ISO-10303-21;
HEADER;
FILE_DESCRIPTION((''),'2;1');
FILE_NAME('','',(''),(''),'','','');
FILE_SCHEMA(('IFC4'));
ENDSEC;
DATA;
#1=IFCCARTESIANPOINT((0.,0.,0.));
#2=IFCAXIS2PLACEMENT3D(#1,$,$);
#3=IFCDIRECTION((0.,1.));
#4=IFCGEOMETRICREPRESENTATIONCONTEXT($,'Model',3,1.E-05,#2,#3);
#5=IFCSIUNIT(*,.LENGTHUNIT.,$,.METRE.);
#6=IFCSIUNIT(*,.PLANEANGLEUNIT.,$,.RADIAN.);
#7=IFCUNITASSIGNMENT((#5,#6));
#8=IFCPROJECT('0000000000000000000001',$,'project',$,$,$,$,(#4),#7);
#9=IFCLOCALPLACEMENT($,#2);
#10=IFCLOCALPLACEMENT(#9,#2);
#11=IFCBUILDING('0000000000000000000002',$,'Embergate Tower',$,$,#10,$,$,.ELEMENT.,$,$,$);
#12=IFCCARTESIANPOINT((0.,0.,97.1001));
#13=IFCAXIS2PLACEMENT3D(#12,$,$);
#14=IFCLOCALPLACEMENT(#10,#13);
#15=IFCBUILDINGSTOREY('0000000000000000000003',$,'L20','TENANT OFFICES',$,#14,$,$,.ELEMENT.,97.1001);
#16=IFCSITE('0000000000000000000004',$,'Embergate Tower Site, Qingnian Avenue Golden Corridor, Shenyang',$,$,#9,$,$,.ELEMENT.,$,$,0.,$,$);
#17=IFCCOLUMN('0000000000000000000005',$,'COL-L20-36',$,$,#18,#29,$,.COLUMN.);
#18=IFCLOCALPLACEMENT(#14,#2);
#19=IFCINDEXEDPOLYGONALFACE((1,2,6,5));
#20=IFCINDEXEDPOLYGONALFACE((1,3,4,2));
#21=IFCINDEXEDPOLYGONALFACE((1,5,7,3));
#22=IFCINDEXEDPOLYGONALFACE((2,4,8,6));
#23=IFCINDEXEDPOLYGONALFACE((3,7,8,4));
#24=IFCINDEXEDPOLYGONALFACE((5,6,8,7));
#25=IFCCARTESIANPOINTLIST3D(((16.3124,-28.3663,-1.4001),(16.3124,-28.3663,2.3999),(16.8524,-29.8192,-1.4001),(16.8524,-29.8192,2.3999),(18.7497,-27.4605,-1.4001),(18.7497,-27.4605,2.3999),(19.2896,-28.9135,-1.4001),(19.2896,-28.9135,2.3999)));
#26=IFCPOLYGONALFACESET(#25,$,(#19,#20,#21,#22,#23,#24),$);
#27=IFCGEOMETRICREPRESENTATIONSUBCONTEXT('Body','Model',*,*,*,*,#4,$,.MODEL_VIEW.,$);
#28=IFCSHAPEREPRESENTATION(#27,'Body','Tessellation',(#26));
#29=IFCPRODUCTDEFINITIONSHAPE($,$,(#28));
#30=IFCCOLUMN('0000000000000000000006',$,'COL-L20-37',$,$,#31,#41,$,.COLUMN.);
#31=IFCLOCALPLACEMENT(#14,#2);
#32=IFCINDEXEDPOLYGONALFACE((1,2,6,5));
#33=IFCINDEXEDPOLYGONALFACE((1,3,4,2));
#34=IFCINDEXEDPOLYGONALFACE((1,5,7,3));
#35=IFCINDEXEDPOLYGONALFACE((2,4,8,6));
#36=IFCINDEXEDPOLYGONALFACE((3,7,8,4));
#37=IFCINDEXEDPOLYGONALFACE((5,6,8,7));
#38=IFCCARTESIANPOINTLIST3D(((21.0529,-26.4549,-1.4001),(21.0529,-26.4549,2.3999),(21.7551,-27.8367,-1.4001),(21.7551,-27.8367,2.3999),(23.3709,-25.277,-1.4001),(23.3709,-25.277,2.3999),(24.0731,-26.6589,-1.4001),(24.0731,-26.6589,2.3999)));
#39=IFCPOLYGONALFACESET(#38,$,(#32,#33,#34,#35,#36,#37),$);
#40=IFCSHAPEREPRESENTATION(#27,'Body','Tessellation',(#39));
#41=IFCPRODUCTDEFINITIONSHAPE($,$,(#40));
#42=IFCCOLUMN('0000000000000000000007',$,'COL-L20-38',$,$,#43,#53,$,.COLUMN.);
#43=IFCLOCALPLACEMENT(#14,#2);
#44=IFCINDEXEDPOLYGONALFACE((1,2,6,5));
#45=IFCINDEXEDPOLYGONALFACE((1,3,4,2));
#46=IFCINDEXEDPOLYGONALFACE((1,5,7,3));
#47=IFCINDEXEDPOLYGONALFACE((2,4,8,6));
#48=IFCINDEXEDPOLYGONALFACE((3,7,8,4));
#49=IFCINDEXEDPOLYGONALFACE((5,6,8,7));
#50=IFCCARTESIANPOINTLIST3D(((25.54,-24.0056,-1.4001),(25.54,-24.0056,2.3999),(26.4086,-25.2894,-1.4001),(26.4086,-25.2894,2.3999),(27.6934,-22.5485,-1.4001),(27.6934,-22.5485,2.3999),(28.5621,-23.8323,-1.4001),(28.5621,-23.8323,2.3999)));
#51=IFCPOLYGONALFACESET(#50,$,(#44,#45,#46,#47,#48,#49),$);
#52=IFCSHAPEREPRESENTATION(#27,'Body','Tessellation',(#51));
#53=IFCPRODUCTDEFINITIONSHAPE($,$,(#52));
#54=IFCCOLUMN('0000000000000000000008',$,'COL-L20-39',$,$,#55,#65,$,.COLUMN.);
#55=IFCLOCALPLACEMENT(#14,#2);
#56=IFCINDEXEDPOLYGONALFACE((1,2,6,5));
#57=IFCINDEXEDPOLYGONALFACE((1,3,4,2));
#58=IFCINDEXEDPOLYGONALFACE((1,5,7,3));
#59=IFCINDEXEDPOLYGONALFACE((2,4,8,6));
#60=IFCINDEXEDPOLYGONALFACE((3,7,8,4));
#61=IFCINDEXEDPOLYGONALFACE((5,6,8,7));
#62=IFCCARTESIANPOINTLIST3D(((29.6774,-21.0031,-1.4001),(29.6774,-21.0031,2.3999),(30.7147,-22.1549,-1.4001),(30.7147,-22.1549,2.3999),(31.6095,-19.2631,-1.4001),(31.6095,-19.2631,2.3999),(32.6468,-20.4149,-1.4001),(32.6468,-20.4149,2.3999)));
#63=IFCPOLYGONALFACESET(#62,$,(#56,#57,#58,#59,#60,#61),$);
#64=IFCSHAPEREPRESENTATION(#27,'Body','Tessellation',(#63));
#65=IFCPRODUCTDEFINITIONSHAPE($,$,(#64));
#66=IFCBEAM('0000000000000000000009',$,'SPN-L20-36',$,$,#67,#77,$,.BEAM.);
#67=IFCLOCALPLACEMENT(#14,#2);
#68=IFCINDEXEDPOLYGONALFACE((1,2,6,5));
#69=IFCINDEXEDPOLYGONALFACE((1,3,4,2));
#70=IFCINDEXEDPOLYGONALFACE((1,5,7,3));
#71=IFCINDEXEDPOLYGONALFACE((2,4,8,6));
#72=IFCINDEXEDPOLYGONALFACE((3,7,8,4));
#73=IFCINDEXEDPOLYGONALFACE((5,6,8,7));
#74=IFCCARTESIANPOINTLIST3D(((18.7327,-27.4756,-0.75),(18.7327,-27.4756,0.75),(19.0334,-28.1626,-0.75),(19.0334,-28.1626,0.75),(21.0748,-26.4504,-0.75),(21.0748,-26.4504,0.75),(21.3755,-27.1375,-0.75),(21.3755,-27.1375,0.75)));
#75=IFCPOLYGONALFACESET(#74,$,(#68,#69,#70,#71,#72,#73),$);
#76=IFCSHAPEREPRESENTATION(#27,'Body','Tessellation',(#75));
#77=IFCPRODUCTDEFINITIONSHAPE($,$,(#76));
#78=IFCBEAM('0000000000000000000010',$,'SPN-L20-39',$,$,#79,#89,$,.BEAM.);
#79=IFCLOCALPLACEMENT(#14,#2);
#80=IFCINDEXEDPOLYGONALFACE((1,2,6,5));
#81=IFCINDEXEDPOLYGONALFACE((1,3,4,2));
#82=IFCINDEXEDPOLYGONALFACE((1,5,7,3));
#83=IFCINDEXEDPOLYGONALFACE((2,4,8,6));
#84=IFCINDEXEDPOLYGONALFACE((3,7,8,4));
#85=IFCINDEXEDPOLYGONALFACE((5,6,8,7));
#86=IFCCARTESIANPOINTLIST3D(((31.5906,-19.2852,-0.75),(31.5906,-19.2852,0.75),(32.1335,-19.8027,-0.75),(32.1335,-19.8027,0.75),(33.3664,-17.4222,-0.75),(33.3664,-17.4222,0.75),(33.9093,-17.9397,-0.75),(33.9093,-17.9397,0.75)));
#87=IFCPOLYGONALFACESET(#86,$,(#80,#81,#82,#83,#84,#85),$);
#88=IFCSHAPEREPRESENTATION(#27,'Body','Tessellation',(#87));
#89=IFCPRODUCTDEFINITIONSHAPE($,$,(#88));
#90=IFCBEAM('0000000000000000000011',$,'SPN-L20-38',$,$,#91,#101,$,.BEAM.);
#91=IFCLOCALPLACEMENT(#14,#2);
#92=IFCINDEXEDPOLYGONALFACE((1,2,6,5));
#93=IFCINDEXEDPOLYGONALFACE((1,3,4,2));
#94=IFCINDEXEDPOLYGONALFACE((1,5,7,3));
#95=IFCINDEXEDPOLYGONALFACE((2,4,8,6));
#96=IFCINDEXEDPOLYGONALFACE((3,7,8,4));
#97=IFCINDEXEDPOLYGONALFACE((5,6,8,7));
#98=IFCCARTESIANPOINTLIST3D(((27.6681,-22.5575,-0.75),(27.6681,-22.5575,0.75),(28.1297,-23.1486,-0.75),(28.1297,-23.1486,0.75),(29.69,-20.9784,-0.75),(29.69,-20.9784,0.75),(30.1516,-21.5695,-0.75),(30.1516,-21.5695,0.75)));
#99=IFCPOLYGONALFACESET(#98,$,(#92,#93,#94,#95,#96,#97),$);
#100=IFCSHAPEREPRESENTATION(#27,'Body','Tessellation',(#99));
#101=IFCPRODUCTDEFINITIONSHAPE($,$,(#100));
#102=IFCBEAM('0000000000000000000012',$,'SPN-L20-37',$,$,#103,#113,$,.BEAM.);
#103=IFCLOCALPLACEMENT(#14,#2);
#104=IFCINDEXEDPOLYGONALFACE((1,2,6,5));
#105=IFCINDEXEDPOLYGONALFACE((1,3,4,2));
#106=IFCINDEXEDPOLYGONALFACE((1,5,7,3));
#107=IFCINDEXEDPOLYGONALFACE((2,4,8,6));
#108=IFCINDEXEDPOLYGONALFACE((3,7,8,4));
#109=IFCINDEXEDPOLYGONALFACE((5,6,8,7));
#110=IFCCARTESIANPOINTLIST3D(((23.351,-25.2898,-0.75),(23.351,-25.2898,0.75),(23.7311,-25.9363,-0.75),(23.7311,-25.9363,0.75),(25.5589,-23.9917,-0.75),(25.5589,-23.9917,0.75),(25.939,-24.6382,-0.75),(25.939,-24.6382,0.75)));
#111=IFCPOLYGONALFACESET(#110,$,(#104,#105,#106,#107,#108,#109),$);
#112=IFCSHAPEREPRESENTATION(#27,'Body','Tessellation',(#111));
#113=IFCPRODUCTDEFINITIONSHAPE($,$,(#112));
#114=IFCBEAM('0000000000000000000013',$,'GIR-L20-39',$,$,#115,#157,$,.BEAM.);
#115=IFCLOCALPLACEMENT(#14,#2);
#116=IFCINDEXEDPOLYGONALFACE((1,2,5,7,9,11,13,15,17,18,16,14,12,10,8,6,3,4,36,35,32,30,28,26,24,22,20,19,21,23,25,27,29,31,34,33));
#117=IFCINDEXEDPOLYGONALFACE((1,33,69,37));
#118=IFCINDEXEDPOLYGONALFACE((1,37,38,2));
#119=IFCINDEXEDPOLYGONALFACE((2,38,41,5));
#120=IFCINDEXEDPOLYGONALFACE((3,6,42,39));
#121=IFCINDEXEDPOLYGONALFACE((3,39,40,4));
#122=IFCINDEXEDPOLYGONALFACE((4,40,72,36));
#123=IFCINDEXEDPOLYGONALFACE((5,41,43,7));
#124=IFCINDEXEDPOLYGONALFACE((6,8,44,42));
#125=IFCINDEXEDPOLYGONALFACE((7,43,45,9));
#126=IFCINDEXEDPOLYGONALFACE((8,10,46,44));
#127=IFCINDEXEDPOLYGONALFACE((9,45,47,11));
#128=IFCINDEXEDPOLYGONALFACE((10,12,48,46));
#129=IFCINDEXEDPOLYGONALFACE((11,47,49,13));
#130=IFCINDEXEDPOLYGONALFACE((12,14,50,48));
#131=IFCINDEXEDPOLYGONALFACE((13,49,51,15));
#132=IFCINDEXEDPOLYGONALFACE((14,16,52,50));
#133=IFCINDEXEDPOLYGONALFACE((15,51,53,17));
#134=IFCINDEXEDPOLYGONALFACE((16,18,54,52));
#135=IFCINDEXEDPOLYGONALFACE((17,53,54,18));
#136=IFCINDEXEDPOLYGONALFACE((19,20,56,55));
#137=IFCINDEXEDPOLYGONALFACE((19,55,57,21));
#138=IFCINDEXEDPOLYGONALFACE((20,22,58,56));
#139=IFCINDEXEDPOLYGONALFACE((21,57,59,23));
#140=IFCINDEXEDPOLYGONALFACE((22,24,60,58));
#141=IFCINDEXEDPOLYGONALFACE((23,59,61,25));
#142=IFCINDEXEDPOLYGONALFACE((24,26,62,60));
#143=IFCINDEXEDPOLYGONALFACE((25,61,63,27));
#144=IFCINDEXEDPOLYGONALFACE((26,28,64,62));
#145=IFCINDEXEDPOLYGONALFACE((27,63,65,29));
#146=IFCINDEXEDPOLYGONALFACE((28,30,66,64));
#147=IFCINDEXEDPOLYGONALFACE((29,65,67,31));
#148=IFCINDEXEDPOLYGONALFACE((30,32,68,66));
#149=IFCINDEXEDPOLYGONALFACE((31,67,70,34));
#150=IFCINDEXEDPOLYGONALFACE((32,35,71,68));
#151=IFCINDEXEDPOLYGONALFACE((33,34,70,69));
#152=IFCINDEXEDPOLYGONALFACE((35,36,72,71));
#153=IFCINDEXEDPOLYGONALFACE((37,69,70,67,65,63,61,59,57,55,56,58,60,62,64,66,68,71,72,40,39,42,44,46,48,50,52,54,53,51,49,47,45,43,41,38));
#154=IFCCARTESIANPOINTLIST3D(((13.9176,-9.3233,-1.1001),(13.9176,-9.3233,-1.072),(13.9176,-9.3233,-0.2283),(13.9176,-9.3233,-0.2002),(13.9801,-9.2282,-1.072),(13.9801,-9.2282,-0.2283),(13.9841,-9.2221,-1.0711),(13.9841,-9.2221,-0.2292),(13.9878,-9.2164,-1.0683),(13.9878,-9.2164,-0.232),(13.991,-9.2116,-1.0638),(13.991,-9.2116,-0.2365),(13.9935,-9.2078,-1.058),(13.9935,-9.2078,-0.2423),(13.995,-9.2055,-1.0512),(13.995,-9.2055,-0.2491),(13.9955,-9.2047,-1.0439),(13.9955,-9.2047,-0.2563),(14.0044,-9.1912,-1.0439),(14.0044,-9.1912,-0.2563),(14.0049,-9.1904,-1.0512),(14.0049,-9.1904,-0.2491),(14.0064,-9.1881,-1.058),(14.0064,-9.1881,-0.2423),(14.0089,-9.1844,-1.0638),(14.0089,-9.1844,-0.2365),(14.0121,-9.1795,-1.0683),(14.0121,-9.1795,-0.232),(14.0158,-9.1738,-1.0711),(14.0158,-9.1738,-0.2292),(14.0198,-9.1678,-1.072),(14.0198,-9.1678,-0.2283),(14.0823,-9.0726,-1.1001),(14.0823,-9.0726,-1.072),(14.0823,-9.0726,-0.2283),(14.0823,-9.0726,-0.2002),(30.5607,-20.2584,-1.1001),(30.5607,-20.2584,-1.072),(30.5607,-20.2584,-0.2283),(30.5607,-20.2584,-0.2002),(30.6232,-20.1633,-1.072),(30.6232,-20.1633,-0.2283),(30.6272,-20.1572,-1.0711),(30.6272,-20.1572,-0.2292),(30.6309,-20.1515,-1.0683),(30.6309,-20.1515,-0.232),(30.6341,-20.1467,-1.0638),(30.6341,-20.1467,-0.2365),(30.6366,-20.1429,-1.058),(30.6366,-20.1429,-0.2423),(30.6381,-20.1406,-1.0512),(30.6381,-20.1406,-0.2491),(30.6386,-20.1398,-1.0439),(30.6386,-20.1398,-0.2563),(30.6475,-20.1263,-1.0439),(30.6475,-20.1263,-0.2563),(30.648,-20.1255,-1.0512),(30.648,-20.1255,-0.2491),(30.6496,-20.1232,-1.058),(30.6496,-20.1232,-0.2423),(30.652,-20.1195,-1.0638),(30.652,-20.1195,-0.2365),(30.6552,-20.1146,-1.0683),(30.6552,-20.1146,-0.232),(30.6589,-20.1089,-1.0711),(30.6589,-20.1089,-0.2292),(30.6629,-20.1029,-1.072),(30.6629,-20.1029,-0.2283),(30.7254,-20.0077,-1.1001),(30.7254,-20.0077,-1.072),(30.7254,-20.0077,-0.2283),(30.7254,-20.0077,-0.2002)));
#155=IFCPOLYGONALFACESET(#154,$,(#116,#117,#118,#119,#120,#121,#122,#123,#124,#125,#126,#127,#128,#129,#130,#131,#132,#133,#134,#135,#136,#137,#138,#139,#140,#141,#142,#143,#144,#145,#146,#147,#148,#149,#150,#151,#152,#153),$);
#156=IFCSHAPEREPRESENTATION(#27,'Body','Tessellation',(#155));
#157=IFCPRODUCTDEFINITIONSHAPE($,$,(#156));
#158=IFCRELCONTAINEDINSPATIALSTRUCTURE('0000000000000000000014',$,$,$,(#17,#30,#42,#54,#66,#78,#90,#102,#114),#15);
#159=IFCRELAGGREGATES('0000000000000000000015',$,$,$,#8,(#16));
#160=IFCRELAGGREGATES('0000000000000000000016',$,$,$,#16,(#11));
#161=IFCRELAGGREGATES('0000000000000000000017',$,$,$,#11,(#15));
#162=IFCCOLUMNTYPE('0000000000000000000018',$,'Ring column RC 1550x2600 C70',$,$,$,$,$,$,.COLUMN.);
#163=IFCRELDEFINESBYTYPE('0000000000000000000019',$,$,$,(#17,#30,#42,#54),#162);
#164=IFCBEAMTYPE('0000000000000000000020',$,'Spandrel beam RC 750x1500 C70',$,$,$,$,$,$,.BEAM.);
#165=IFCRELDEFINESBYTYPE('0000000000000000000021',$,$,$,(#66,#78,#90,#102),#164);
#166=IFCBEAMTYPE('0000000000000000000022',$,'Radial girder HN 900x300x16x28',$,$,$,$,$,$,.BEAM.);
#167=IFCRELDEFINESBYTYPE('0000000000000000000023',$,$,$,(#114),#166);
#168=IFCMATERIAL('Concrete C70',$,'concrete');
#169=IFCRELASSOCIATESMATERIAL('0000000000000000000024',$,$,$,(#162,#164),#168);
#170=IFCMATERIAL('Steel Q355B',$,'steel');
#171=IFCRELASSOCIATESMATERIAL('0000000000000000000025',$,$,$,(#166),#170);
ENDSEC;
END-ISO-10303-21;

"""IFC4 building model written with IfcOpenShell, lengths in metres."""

from ifc_helpers import new_model, si_unit, direction, frame, origin, origin_2d, place, context, subcontext, project, spatial, rectangle, i_section, extrude, source, transform, mapped, material, material_profile, profile_set, type_object, element, save


model = new_model("IFC4")

# Units and contexts
model_context = context("Model", 3, precision=1e-05, world=origin(), true_north=direction((0.0, 1.0)))
body_context = subcontext(model_context, "Body", "Model", "MODEL_VIEW")
ifc_project = project(units=[si_unit("LENGTHUNIT", "METRE"), si_unit("PLANEANGLEUNIT", "RADIAN")], contexts=[model_context])

# Site, building, storey
site_placement = place(None, origin())
site = spatial("IfcSite", under=ifc_project, at=site_placement, Name="Embergate Tower Site, Qingnian Avenue Golden Corridor, Shenyang", CompositionType="ELEMENT", RefElevation=0.0)
building_placement = place(site_placement, origin())
building = spatial("IfcBuilding", under=site, at=building_placement, Name="Embergate Tower", CompositionType="ELEMENT")
storey_placement = place(building_placement, frame((0.0, 0.0, 97.1001)))
storey = spatial("IfcBuildingStorey", under=building, at=storey_placement, Name="L20", Description="TENANT OFFICES", CompositionType="ELEMENT", Elevation=97.1001)

# Columns
ifc_material_1 = material(Name="Concrete C70", Category="concrete")
ifc_material_profile_1 = material_profile(ifc_material_1, rectangle(XDim=1.55, YDim=2.6001, at=origin_2d()), Name="RC 1550x2600")
ifc_profile_set_1 = profile_set([ifc_material_profile_1], Name="Concrete C70")
column_type = type_object("IfcColumnType", Name="Ring column RC 1550x2600 C70", PredefinedType="COLUMN", material=ifc_profile_set_1)
shared_shape_1 = source(origin(), body_context, "Body", "SweptSolid", [
    extrude(rectangle(XDim=1.55, YDim=2.6001, at=origin_2d()), origin(), (0.0, 0.0, 1.0), 3.8),
])
for number, where, z_axis, x_axis, name in (
    (1, (17.801, -28.6399, -1.4001), (0.0, 0.0, 1.0), (0.348343, -0.937367, 0.0), "COL-L20-36"),
    (2, (22.563, -26.5569, -1.4001), (0.0, 0.0, 1.0), (0.452995, -0.891513, 0.0), "COL-L20-37"),
    (3, (27.051, -23.9189, -1.4001), (0.0, 0.0, 1.0), (0.560393, -0.828227, 0.0), "COL-L20-38"),
    (4, (31.1621, -20.709, -1.4001), (0.0, 0.0, 1.0), (0.669208, -0.743075, 0.0), "COL-L20-39"),
):
    element("IfcColumn", number, at=place(storey_placement, frame(where, z_axis=z_axis, x_axis=x_axis)), inside=storey, type_object=column_type, Name=name, PredefinedType="COLUMN", context=body_context, shape_type="MappedRepresentation", body=[
        mapped(shared_shape_1, transform((0.0, 0.0, 0.0))),
    ])

# Beams
ifc_material_profile_2 = material_profile(ifc_material_1, rectangle(XDim=0.75, YDim=1.5, at=origin_2d()), Name="RC 750x1500")
ifc_profile_set_2 = profile_set([ifc_material_profile_2], Name="Concrete C70")
beam_type_1 = type_object("IfcBeamType", Name="Spandrel beam RC 750x1500 C70", PredefinedType="BEAM", material=ifc_profile_set_2)
shared_shape_2 = source(origin(), body_context, "Body", "SweptSolid", [
    extrude(rectangle(XDim=0.75, YDim=1.5, at=origin_2d()), origin(), (0.0, 0.0, 1.0), 2.5566),
])
beam_1_placement = place(storey_placement, frame((18.8831, -27.8191, 0.0), z_axis=(0.916085, 0.400984, 0.0), x_axis=(-0.400984, 0.916085, 0.0)))
element("IfcBeam", 5, at=beam_1_placement, inside=storey, type_object=beam_type_1, Name="SPN-L20-36", PredefinedType="BEAM", context=body_context, shape_type="MappedRepresentation", body=[
    mapped(shared_shape_2, transform((0.0, 0.0, 0.0))),
])
shared_shape_3 = source(origin(), body_context, "Body", "SweptSolid", [
    extrude(rectangle(XDim=0.75, YDim=1.5, at=origin_2d()), origin(), (0.0, 0.0, 1.0), 2.5737),
])
beam_2_placement = place(storey_placement, frame((31.8621, -19.5439, 0.0), z_axis=(0.689972, 0.723836, 0.0), x_axis=(-0.723836, 0.689972, 0.0)))
element("IfcBeam", 6, at=beam_2_placement, inside=storey, type_object=beam_type_1, Name="SPN-L20-39", PredefinedType="BEAM", context=body_context, shape_type="MappedRepresentation", body=[
    mapped(shared_shape_3, transform((0.0, 0.0, 0.0))),
])
shared_shape_4 = source(origin(), body_context, "Body", "SweptSolid", [
    extrude(rectangle(XDim=0.75, YDim=1.5, at=origin_2d()), origin(), (0.0, 0.0, 1.0), 2.5654),
])
beam_3_placement = place(storey_placement, frame((27.8989, -22.853, 0.0), z_axis=(0.788131, 0.615507, 0.0), x_axis=(-0.615507, 0.788131, 0.0)))
element("IfcBeam", 7, at=beam_3_placement, inside=storey, type_object=beam_type_1, Name="SPN-L20-38", PredefinedType="BEAM", context=body_context, shape_type="MappedRepresentation", body=[
    mapped(shared_shape_4, transform((0.0, 0.0, 0.0))),
])
shared_shape_5 = source(origin(), body_context, "Body", "SweptSolid", [
    extrude(rectangle(XDim=0.75, YDim=1.5, at=origin_2d()), origin(), (0.0, 0.0, 1.0), 2.5613),
])
beam_4_placement = place(storey_placement, frame((23.541, -25.613, 0.0), z_axis=(0.862059, 0.506808, 0.0), x_axis=(-0.506808, 0.862059, 0.0)))
element("IfcBeam", 8, at=beam_4_placement, inside=storey, type_object=beam_type_1, Name="SPN-L20-37", PredefinedType="BEAM", context=body_context, shape_type="MappedRepresentation", body=[
    mapped(shared_shape_5, transform((0.0, 0.0, 0.0))),
])
ifc_material_2 = material(Name="Steel Q355B", Category="steel")
ifc_material_profile_3 = material_profile(ifc_material_2, i_section(OverallWidth=0.3, OverallDepth=0.8999, WebThickness=0.0161, FlangeThickness=0.0281, FilletRadius=0.0281, at=origin_2d()), Name="HN 900x300x16x28")
ifc_profile_set_3 = profile_set([ifc_material_profile_3], Name="Steel Q355 grade B")
beam_type_2 = type_object("IfcBeamType", Name="Radial girder HN 900x300x16x28", PredefinedType="BEAM", material=ifc_profile_set_3)
shared_shape_6 = source(origin(), body_context, "Body", "SweptSolid", [
    extrude(i_section(OverallWidth=0.3, OverallDepth=0.8999, WebThickness=0.0161, FlangeThickness=0.0281, FilletRadius=0.0281, at=origin_2d()), origin(), (0.0, 0.0, 1.0), 19.9141),
])
beam_5_placement = place(storey_placement, frame((30.6431, -20.1331, -0.6501), z_axis=(-0.835747, 0.549114, 0.0), x_axis=(-0.549114, -0.835747, 0.0)))
element("IfcBeam", 9, at=beam_5_placement, inside=storey, type_object=beam_type_2, Name="GIR-L20-39", PredefinedType="BEAM", context=body_context, shape_type="MappedRepresentation", body=[
    mapped(shared_shape_6, transform((0.0, 0.0, 0.0))),
])

save(model, "model.ifc")
